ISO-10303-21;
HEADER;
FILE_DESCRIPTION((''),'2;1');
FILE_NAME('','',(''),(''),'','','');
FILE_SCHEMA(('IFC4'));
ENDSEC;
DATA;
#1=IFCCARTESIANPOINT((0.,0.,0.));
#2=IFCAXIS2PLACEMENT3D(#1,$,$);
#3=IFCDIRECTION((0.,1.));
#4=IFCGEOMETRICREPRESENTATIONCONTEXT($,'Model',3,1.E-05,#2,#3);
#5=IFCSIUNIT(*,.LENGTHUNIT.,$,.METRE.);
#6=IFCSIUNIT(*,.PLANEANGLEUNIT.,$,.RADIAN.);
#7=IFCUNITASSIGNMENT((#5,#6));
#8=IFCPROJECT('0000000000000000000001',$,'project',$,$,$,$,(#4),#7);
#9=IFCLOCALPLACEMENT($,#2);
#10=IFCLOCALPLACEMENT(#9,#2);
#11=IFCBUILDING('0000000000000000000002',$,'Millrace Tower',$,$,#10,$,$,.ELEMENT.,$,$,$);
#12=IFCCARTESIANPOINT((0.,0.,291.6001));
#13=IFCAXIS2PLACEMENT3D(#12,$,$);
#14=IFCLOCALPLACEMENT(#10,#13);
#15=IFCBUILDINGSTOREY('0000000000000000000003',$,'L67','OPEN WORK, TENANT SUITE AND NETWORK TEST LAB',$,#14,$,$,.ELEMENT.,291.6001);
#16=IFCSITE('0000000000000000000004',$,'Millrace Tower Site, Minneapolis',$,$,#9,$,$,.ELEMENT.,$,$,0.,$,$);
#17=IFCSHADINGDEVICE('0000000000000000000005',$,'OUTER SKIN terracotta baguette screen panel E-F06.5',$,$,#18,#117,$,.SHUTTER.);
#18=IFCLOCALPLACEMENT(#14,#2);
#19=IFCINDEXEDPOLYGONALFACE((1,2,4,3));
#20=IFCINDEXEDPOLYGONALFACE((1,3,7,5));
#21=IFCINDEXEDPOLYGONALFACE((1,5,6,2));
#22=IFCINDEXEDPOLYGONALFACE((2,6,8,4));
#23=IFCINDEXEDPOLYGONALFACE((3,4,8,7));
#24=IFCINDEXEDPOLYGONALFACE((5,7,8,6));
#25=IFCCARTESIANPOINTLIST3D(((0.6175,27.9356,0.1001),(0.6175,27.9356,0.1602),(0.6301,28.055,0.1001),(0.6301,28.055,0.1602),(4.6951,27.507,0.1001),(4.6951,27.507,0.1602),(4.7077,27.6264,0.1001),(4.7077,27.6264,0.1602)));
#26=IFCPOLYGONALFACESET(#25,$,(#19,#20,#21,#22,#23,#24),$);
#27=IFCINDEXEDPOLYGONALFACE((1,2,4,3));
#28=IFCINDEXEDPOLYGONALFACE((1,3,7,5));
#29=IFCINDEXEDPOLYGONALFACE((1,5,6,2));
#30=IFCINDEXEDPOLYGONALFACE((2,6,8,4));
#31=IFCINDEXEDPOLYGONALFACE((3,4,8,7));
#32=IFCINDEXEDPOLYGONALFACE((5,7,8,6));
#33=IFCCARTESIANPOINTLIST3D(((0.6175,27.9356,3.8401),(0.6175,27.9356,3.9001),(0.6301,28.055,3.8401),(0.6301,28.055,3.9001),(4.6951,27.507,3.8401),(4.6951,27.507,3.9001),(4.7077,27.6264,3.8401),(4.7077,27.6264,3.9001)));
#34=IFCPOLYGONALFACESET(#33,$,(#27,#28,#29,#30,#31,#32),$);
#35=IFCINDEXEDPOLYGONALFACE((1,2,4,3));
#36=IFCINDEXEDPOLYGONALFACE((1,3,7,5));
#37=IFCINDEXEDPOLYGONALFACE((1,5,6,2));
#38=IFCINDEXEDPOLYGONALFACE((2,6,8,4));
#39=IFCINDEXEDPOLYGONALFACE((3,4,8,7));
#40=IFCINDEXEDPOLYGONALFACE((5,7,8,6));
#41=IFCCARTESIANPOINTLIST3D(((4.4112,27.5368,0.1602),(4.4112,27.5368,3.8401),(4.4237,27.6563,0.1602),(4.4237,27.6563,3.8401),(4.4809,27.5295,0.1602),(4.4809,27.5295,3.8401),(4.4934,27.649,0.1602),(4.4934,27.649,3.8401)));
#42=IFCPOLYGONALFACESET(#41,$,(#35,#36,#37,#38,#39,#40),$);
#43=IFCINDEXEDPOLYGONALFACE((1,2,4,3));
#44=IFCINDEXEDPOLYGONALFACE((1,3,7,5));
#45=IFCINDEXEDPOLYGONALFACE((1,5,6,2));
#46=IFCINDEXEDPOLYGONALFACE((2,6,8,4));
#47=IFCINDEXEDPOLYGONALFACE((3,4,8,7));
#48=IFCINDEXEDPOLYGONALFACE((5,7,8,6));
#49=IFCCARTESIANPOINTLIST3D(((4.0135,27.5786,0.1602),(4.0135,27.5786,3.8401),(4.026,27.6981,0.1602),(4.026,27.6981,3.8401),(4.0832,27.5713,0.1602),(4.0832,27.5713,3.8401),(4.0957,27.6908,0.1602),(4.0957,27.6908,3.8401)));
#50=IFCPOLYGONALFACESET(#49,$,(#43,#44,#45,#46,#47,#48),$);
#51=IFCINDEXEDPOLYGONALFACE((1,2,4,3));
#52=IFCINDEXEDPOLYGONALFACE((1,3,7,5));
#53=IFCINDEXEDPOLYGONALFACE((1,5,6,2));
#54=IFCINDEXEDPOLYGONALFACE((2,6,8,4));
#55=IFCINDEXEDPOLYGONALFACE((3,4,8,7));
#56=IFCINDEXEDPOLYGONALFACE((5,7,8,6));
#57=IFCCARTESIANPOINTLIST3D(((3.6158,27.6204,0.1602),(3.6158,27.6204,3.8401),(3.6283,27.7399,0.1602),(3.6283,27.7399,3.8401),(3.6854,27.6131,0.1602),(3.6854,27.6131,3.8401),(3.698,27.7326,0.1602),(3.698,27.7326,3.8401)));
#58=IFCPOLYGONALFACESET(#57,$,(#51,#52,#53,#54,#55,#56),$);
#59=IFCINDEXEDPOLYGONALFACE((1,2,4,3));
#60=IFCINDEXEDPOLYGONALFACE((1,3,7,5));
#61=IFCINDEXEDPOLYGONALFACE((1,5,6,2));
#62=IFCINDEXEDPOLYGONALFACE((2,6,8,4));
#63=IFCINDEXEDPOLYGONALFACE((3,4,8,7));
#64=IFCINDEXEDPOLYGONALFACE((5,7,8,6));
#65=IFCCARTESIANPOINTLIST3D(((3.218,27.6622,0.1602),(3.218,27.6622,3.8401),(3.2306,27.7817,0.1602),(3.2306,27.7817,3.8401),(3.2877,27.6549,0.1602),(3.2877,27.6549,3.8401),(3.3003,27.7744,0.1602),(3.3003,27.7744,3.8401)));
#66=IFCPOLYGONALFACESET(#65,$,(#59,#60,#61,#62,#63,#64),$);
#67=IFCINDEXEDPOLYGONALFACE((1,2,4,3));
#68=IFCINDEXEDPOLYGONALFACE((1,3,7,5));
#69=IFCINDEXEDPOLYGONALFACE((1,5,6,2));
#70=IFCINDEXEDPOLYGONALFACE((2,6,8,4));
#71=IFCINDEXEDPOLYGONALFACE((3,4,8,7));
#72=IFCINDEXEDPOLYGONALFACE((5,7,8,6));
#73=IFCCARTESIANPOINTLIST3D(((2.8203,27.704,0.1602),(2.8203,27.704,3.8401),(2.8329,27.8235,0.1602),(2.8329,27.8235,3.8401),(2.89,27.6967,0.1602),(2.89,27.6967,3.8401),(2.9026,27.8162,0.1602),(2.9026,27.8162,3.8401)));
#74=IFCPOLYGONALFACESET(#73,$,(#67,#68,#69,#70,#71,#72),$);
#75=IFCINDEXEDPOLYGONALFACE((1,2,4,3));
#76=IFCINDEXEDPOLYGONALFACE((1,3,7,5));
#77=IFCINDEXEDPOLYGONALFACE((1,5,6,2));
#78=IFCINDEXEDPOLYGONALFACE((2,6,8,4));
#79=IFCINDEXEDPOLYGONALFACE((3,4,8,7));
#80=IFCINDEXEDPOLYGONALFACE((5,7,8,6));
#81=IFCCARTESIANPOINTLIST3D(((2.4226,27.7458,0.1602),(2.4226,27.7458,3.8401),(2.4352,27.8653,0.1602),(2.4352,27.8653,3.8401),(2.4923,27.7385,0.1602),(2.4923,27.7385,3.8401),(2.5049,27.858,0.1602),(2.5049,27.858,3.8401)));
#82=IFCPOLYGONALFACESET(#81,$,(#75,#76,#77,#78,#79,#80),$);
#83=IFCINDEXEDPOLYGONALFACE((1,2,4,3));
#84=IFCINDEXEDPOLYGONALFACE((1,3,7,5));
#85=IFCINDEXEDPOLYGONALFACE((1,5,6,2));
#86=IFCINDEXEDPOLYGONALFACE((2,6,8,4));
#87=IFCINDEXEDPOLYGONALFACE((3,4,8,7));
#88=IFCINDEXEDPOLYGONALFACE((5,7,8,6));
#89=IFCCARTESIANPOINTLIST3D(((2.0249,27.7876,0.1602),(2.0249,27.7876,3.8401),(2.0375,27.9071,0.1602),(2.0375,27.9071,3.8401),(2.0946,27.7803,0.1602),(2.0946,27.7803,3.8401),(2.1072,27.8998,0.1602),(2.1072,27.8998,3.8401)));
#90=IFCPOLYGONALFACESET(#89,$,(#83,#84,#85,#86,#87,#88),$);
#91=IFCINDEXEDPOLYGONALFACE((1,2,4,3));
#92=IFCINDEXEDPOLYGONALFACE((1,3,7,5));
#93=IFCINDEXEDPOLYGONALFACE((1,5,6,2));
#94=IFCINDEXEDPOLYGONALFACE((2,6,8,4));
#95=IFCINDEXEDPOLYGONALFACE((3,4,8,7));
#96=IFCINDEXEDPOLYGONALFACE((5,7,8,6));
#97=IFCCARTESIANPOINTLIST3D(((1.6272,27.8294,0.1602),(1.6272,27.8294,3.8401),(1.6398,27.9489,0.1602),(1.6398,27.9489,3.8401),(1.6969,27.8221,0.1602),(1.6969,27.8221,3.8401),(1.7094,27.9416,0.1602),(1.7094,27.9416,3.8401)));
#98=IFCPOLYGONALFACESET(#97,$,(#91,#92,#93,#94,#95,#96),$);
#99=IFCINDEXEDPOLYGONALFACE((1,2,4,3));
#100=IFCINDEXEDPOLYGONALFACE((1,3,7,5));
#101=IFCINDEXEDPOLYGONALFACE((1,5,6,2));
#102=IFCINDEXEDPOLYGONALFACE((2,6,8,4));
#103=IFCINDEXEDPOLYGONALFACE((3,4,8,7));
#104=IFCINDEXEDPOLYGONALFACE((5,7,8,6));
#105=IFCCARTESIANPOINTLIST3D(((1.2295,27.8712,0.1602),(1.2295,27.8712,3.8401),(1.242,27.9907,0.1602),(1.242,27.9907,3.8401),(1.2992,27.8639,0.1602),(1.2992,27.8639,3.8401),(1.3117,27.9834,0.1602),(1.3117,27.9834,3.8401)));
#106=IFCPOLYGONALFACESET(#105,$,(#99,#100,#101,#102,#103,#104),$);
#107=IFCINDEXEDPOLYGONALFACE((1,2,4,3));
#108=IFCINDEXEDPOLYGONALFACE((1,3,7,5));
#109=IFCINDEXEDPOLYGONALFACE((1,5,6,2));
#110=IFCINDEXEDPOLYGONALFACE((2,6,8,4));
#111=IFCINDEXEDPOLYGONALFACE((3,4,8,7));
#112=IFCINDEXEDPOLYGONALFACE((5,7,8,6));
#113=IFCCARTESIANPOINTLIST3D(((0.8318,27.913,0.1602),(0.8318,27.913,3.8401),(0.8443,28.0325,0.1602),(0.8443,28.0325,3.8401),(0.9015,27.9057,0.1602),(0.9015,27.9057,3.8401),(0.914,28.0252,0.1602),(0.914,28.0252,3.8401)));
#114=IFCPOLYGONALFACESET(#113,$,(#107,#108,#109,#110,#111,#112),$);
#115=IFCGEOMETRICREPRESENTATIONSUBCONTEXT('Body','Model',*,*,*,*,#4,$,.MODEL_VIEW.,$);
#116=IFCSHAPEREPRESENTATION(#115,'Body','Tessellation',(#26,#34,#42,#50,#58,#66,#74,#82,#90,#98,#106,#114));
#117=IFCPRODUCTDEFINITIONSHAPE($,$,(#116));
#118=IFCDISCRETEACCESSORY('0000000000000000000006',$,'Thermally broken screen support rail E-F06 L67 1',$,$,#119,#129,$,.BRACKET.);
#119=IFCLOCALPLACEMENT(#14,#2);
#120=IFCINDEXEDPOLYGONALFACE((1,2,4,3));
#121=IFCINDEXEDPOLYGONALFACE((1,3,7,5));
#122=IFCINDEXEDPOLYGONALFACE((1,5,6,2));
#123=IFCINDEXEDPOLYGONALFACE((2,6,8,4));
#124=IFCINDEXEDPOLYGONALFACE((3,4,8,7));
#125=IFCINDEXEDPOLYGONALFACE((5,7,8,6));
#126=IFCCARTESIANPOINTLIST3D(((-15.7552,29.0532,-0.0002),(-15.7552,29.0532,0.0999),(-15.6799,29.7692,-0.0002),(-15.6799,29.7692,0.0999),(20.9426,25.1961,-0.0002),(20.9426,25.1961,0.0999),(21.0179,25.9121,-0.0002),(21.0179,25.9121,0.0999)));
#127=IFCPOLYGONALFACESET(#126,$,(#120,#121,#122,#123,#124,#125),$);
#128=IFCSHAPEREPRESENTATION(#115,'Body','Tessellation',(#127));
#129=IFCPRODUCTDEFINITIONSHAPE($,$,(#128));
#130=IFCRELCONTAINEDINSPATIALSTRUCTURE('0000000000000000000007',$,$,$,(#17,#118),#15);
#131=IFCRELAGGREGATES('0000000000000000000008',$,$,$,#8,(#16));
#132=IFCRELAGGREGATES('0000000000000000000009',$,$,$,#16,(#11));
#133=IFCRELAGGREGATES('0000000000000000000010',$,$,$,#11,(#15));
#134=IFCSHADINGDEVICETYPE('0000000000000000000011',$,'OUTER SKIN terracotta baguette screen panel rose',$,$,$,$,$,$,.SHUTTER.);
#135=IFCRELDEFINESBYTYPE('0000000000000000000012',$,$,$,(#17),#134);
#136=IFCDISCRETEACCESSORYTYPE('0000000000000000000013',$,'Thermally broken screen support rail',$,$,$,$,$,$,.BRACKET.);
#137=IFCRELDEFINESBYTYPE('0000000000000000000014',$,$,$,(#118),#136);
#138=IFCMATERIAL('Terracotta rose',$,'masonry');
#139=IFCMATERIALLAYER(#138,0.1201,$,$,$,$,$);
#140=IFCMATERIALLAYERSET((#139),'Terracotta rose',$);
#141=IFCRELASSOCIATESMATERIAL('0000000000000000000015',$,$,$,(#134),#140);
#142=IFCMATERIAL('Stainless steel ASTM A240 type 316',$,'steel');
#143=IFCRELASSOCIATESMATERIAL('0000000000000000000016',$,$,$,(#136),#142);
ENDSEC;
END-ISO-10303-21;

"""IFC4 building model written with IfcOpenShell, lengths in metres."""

from ifc_helpers import new_model, entity, si_unit, direction, frame, frame_2d, origin, origin_2d, place, context, subcontext, project, spatial, rectangle, extrude, source, transform, mapped, material, layer, layer_set, type_object, element, save


model = new_model("IFC4")

# Units and contexts
model_context = context("Model", 3, precision=1e-05, world=origin(), true_north=direction((0.0, 1.0)))
body_context = subcontext(model_context, "Body", "Model", "MODEL_VIEW")
ifc_project = project(units=[si_unit("LENGTHUNIT", "METRE"), si_unit("PLANEANGLEUNIT", "RADIAN")], contexts=[model_context])

# Site, building, storey
site_placement = place(None, origin())
site = spatial("IfcSite", under=ifc_project, at=site_placement, Name="Millrace Tower Site, Minneapolis", CompositionType="ELEMENT", RefElevation=0.0)
building_placement = place(site_placement, origin())
building = spatial("IfcBuilding", under=site, at=building_placement, Name="Millrace Tower", CompositionType="ELEMENT")
storey_placement = place(building_placement, frame((0.0, 0.0, 291.6001)))
storey = spatial("IfcBuildingStorey", under=building, at=storey_placement, Name="L67", Description="OPEN WORK, TENANT SUITE AND NETWORK TEST LAB", CompositionType="ELEMENT", Elevation=291.6001)

# Shading device
ifc_material_1 = material(Name="Terracotta rose", Category="masonry")
ifc_layer_1 = layer(ifc_material_1, 0.1201)
ifc_layer_set_1 = layer_set([ifc_layer_1], Name="Terracotta rose")
shading_device_type = type_object("IfcShadingDeviceType", Name="OUTER SKIN terracotta baguette screen panel rose", PredefinedType="SHUTTER", material=ifc_layer_set_1)
cartesian_point = entity("IfcCartesianPoint", [-2.05, 0.0601])
shared_polyline = entity("IfcPolyline", [cartesian_point, entity("IfcCartesianPoint", [2.05, 0.0601]), entity("IfcCartesianPoint", [2.05, -0.0601]), entity("IfcCartesianPoint", [-2.05, -0.0601]), cartesian_point])
shared_shape = source(origin(), body_context, "Body", "SweptSolid", [
    entity("IfcExtrudedAreaSolid", entity("IfcArbitraryClosedProfileDef", "AREA", None, shared_polyline), entity("IfcAxis2Placement3D", entity("IfcCartesianPoint", [0.0, 0.0, 0.0])), entity("IfcDirection", [0.0, 0.0, 1.0]), 0.0601),
    entity("IfcExtrudedAreaSolid", entity("IfcArbitraryClosedProfileDef", "AREA", None, shared_polyline), entity("IfcAxis2Placement3D", entity("IfcCartesianPoint", [0.0, 0.0, 3.74])), entity("IfcDirection", [0.0, 0.0, 1.0]), 0.0601),
    extrude(rectangle(XDim=0.0701, YDim=0.1201, at=frame_2d((-1.7996, 0.0))), frame((0.0, 0.0, 0.0601)), (0.0, 0.0, 1.0), 3.6799),
    extrude(rectangle(XDim=0.0701, YDim=0.1201, at=frame_2d((-1.3997, 0.0))), frame((0.0, 0.0, 0.0601)), (0.0, 0.0, 1.0), 3.6799),
    extrude(rectangle(XDim=0.0701, YDim=0.1201, at=frame_2d((-0.9998, 0.0))), frame((0.0, 0.0, 0.0601)), (0.0, 0.0, 1.0), 3.6799),
    extrude(rectangle(XDim=0.0701, YDim=0.1201, at=frame_2d((-0.5999, 0.0))), frame((0.0, 0.0, 0.0601)), (0.0, 0.0, 1.0), 3.6799),
    extrude(rectangle(XDim=0.0701, YDim=0.1201, at=frame_2d((-0.2, 0.0))), frame((0.0, 0.0, 0.0601)), (0.0, 0.0, 1.0), 3.6799),
    extrude(rectangle(XDim=0.0701, YDim=0.1201, at=frame_2d((0.2, 0.0))), frame((0.0, 0.0, 0.0601)), (0.0, 0.0, 1.0), 3.6799),
    extrude(rectangle(XDim=0.0701, YDim=0.1201, at=frame_2d((0.5999, 0.0))), frame((0.0, 0.0, 0.0601)), (0.0, 0.0, 1.0), 3.6799),
    extrude(rectangle(XDim=0.0701, YDim=0.1201, at=frame_2d((0.9998, 0.0))), frame((0.0, 0.0, 0.0601)), (0.0, 0.0, 1.0), 3.6799),
    extrude(rectangle(XDim=0.0701, YDim=0.1201, at=frame_2d((1.3997, 0.0))), frame((0.0, 0.0, 0.0601)), (0.0, 0.0, 1.0), 3.6799),
    extrude(rectangle(XDim=0.0701, YDim=0.1201, at=frame_2d((1.7996, 0.0))), frame((0.0, 0.0, 0.0601)), (0.0, 0.0, 1.0), 3.6799),
])
for number, where, z_axis, x_axis, name in (
    (1, (2.6626, 27.781, 0.1001), (0.0, 0.0, 1.0), (-0.994522, 0.104528, 0.0), "OUTER SKIN terracotta baguette screen panel E-F06.5"),
):
    element("IfcShadingDevice", number, at=place(storey_placement, frame(where, z_axis=z_axis, x_axis=x_axis)), inside=storey, type_object=shading_device_type, Name=name, PredefinedType="SHUTTER", context=body_context, shape_type="MappedRepresentation", body=[
        mapped(shared_shape, transform((0.0, 0.0, 0.0), scale=1.0)),
    ])

# Discrete accessory
ifc_material_2 = material(Name="Stainless steel ASTM A240 type 316", Category="steel")
discrete_accessory_type = type_object("IfcDiscreteAccessoryType", Name="Thermally broken screen support rail", PredefinedType="BRACKET", material=ifc_material_2)
discrete_accessory_placement = place(storey_placement, frame((2.6313, 27.4827, -0.0002), z_axis=(0.0, 0.0, 1.0), x_axis=(-0.994522, 0.104528, 0.0)))
element("IfcDiscreteAccessory", 2, at=discrete_accessory_placement, inside=storey, type_object=discrete_accessory_type, Name="Thermally broken screen support rail E-F06 L67 1", PredefinedType="BRACKET", context=body_context, shape_type="SweptSolid", body=[
    extrude(rectangle(XDim=36.8999, YDim=0.72, at=origin_2d()), origin(), (0.0, 0.0, 1.0), 0.1001),
])

save(model, "model.ifc")
